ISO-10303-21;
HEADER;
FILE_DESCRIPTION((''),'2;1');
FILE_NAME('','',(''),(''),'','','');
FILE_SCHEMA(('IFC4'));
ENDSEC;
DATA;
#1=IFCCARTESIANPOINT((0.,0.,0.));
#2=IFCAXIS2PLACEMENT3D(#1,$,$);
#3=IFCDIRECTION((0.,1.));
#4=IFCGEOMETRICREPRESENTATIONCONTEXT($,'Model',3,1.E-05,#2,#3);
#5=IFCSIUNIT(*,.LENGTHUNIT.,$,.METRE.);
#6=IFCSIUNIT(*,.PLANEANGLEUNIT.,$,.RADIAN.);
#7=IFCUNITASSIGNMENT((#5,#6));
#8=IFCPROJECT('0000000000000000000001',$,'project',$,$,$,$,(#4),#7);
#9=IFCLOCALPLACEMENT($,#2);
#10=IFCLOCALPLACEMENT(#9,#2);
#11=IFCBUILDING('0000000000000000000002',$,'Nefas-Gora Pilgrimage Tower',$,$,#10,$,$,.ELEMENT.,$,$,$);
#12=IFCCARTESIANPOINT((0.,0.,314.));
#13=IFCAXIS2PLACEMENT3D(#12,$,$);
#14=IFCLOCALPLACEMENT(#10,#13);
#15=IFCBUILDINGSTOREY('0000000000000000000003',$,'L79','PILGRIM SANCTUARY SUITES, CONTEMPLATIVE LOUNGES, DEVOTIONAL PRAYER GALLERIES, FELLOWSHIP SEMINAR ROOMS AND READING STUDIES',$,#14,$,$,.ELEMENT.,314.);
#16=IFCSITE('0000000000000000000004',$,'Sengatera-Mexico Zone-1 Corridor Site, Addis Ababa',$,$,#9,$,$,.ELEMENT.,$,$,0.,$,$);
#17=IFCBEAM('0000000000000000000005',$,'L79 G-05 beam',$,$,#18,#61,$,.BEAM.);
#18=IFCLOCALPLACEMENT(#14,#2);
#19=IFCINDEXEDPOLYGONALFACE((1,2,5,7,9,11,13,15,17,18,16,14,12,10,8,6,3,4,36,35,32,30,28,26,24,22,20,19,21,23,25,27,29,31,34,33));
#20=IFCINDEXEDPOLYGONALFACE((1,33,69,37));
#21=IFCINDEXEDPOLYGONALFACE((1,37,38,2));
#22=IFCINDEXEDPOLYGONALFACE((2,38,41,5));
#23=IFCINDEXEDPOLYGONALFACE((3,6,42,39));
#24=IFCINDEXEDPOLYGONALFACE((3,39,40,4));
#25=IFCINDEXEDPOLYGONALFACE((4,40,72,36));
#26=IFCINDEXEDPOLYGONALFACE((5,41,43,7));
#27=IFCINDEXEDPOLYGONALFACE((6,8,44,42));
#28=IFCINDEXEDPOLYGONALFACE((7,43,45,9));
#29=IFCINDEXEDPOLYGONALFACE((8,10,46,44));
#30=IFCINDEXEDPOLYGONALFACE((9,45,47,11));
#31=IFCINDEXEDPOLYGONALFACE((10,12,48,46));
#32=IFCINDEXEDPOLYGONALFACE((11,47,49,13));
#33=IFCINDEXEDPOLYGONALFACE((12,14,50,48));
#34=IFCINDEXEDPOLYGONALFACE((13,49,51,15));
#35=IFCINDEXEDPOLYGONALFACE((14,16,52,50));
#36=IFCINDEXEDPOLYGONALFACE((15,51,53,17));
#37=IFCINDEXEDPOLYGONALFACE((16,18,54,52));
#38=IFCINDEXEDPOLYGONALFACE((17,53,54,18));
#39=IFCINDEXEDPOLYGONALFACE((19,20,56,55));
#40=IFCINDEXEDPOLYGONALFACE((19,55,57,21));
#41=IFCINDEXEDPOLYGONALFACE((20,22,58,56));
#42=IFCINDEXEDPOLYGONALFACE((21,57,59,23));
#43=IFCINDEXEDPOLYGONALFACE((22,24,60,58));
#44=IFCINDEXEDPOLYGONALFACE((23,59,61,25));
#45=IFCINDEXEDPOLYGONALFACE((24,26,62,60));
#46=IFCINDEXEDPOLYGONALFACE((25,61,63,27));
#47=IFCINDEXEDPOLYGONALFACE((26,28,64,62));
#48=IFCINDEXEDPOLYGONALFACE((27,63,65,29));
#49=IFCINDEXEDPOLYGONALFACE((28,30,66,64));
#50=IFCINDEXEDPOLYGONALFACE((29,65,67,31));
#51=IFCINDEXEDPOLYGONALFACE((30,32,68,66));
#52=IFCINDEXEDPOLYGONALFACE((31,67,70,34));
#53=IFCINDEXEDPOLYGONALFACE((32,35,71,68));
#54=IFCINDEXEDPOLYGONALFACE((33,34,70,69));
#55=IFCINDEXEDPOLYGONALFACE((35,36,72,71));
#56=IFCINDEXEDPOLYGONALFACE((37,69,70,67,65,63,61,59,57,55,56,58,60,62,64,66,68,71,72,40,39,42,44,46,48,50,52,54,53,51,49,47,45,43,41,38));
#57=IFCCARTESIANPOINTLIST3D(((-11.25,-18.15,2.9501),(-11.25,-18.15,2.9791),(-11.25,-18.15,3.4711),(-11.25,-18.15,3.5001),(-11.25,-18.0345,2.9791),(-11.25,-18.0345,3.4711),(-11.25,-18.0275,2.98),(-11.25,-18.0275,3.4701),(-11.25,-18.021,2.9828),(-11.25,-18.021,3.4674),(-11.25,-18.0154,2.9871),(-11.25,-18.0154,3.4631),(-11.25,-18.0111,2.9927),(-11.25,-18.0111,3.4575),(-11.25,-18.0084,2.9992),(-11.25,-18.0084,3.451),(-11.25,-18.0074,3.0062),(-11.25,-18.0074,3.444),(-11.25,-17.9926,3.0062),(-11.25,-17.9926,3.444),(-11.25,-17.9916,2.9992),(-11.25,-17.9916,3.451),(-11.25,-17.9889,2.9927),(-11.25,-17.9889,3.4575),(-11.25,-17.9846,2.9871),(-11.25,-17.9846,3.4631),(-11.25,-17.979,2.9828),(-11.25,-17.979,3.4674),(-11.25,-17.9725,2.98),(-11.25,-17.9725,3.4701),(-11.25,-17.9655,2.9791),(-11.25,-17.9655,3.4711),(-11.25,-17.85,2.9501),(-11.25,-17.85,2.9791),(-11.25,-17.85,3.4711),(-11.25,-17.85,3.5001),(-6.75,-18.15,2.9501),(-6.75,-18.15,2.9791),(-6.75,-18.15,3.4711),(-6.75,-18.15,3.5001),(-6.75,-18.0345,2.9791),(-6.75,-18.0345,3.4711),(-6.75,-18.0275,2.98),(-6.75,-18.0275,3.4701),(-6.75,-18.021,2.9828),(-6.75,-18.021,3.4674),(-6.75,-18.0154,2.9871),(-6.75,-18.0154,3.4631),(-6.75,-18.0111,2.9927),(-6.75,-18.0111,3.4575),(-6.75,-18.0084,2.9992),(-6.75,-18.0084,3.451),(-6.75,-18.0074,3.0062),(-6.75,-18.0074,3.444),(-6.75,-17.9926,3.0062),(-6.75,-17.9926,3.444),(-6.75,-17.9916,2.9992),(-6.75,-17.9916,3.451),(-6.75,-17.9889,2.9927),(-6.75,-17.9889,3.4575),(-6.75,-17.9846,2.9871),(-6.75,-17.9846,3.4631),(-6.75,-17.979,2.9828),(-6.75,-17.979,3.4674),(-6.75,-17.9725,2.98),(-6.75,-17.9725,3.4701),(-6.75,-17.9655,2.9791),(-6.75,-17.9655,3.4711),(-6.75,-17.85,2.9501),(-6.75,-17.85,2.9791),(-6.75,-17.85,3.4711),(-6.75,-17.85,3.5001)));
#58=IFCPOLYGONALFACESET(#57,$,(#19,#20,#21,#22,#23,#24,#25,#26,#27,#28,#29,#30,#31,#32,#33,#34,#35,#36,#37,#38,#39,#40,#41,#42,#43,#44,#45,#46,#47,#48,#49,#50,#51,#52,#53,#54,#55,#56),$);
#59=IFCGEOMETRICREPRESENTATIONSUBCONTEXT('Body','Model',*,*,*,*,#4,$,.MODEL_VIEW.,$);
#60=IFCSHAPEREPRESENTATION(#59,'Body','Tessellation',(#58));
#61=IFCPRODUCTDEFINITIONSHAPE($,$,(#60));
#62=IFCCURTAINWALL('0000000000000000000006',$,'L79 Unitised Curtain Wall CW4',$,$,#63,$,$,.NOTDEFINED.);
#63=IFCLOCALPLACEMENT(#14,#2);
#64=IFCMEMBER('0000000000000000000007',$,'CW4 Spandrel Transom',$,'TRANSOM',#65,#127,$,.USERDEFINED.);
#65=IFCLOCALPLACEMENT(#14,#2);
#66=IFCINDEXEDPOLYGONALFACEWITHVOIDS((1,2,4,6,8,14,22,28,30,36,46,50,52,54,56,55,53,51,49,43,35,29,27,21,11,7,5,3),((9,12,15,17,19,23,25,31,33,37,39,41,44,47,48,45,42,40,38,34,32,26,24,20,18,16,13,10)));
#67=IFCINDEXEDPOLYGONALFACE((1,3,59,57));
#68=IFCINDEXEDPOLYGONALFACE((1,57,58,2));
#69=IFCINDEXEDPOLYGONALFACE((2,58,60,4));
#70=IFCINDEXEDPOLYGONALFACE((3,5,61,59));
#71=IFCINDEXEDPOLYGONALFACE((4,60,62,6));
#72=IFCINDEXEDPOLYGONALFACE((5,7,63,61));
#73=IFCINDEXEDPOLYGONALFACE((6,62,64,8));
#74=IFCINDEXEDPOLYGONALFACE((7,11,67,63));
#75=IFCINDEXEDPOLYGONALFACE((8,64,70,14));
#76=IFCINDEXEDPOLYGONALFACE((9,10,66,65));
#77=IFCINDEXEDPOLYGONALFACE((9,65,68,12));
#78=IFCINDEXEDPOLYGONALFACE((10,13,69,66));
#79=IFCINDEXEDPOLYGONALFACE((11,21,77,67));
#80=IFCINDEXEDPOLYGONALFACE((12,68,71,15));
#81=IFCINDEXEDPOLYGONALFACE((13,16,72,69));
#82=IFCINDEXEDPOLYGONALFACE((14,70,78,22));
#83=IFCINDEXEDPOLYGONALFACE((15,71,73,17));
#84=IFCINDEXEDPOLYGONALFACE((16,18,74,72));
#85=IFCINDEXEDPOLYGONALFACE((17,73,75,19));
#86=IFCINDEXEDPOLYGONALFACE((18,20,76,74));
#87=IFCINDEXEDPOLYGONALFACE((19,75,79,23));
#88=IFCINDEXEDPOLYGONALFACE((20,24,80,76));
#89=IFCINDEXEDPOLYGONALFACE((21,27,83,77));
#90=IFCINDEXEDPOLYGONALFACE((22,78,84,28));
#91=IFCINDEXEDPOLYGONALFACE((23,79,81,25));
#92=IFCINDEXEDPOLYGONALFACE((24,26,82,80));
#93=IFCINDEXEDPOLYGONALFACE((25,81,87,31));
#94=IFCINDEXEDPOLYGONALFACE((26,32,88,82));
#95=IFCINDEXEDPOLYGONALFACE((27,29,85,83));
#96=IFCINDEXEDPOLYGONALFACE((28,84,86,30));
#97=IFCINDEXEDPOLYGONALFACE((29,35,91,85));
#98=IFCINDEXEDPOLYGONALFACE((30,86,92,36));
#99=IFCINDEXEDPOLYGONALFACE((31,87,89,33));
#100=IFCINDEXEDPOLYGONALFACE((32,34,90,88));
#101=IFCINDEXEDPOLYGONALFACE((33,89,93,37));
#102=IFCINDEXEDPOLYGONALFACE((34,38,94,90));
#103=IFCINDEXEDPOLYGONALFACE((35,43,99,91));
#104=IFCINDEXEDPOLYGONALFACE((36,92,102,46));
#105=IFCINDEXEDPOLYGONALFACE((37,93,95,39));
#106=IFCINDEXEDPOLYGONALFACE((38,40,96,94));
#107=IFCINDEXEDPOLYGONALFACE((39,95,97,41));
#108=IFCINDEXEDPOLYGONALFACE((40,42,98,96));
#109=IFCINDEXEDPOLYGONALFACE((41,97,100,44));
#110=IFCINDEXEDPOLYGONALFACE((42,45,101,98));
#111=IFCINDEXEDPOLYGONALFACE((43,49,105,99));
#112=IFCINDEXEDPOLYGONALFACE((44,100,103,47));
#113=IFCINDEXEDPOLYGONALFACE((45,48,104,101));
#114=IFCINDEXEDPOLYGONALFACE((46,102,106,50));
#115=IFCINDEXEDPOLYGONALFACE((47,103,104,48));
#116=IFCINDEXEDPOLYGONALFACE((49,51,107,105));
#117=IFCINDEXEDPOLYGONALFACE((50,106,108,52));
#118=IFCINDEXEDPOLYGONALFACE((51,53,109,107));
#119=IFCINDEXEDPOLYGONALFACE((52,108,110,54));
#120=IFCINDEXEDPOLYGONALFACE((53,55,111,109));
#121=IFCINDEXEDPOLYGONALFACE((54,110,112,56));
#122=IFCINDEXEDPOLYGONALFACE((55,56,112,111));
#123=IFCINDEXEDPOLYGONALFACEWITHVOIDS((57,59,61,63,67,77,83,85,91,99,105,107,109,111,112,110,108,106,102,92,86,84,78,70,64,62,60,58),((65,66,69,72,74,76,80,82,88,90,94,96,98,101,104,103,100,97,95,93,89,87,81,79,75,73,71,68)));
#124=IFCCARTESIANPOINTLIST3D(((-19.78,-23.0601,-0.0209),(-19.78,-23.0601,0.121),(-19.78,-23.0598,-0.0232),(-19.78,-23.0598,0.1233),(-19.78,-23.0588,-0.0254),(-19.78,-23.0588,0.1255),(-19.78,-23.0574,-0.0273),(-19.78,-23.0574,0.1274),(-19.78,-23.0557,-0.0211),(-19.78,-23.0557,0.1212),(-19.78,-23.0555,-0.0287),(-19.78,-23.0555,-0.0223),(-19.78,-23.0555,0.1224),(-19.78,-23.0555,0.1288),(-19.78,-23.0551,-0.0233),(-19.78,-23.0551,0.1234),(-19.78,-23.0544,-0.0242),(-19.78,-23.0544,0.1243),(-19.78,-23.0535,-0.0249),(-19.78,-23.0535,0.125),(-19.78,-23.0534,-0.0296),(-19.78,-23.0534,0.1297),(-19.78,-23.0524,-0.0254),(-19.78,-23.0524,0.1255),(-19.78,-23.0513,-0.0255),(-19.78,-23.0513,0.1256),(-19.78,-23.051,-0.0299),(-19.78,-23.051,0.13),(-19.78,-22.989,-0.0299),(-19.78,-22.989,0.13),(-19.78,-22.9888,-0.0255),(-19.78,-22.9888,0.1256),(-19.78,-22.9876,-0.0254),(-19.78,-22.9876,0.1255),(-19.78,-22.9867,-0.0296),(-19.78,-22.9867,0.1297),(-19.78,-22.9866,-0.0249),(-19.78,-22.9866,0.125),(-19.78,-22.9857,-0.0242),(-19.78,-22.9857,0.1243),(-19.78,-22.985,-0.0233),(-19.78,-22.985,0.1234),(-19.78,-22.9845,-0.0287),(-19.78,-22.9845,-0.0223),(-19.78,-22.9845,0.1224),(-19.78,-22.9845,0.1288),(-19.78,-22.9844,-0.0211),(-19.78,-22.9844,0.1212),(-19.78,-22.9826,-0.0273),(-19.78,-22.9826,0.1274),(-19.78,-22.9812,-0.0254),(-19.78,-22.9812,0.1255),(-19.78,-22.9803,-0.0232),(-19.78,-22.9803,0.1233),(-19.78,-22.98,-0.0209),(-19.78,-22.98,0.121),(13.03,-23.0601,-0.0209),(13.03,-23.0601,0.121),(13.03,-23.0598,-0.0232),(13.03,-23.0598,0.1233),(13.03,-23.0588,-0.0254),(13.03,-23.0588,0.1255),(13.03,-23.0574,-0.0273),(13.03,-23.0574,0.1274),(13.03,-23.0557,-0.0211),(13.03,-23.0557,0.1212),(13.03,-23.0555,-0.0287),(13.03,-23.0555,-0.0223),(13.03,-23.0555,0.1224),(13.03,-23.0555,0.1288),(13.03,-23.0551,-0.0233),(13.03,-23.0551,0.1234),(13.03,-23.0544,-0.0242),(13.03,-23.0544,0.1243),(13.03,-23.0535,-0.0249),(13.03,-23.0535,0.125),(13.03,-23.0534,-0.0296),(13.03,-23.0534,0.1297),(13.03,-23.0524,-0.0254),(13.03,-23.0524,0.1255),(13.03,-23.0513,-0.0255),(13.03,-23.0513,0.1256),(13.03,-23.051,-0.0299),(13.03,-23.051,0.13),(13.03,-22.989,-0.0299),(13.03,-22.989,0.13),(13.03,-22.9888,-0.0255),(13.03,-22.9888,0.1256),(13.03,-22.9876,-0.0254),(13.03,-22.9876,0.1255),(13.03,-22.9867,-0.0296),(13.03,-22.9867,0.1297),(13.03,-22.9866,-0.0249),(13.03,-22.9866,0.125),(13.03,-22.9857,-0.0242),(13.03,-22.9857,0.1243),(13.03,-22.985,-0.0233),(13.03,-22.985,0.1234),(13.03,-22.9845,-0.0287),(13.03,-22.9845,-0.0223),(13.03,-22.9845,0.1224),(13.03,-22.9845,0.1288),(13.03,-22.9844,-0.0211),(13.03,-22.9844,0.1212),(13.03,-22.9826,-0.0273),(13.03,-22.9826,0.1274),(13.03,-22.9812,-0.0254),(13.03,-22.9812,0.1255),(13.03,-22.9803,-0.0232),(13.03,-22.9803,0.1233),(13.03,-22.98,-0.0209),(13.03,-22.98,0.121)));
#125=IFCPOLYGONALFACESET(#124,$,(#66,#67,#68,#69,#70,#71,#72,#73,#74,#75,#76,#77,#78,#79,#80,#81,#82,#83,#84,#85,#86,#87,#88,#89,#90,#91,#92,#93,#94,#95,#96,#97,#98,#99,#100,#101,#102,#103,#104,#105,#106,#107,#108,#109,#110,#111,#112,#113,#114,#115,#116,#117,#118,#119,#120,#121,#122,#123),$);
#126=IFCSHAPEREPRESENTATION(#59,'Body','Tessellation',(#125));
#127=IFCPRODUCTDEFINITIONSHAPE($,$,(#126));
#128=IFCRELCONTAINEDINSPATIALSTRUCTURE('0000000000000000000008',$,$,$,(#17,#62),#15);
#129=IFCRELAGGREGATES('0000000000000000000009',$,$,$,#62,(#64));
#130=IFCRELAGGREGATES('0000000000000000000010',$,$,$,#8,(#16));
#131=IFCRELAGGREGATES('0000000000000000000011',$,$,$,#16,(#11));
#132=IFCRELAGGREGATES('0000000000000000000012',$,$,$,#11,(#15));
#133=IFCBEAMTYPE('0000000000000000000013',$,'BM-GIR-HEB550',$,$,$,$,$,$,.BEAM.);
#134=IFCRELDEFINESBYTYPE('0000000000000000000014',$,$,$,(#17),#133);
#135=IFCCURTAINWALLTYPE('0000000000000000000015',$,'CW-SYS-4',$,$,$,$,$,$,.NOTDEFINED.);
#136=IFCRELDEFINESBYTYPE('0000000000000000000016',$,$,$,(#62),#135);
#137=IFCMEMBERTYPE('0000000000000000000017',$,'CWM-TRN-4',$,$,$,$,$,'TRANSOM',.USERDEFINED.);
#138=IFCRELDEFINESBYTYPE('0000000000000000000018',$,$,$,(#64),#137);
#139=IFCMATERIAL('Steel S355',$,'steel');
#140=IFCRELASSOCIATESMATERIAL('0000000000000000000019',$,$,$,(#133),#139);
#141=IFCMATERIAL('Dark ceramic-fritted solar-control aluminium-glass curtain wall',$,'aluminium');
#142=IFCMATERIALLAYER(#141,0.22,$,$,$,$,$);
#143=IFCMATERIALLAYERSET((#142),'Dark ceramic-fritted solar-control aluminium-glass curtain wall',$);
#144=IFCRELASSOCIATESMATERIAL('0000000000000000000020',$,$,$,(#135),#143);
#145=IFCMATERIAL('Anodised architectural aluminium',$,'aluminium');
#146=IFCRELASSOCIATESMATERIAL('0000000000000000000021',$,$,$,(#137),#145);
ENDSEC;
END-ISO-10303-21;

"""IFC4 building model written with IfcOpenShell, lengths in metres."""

from ifc_helpers import new_model, si_unit, direction, frame, origin, origin_2d, place, context, subcontext, project, spatial, hollow_rectangle, i_section, extrude, source, transform, mapped, material, layer, layer_set, material_profile, profile_set, type_object, element, aggregate, save


model = new_model("IFC4")

# Units and contexts
model_context = context("Model", 3, precision=1e-05, world=origin(), true_north=direction((0.0, 1.0)))
body_context = subcontext(model_context, "Body", "Model", "MODEL_VIEW")
ifc_project = project(units=[si_unit("LENGTHUNIT", "METRE"), si_unit("PLANEANGLEUNIT", "RADIAN")], contexts=[model_context])

# Site, building, storey
site_placement = place(None, origin())
site = spatial("IfcSite", under=ifc_project, at=site_placement, Name="Sengatera-Mexico Zone-1 Corridor Site, Addis Ababa", CompositionType="ELEMENT", RefElevation=0.0)
building_placement = place(site_placement, origin())
building = spatial("IfcBuilding", under=site, at=building_placement, Name="Nefas-Gora Pilgrimage Tower", CompositionType="ELEMENT")
storey_placement = place(building_placement, frame((0.0, 0.0, 314.0)))
storey = spatial("IfcBuildingStorey", under=building, at=storey_placement, Name="L79", Description="PILGRIM SANCTUARY SUITES, CONTEMPLATIVE LOUNGES, DEVOTIONAL PRAYER GALLERIES, FELLOWSHIP SEMINAR ROOMS AND READING STUDIES", CompositionType="ELEMENT", Elevation=314.0)

# Shared definitions
ifc_material_1 = material(Name="Steel S355", Category="steel")

# Beam
ifc_material_profile_1 = material_profile(ifc_material_1, i_section(OverallWidth=0.3, OverallDepth=0.55, WebThickness=0.0149, FlangeThickness=0.0291, FilletRadius=0.0271, at=origin_2d()), Name="HEB 550")
ifc_profile_set_1 = profile_set([ifc_material_profile_1], Name="Steel S355")
beam_type_1 = type_object("IfcBeamType", Name="BM-GIR-HEB550", PredefinedType="BEAM", material=ifc_profile_set_1)
shared_shape_1 = source(origin(), body_context, "Body", "SweptSolid", [
    extrude(i_section(OverallWidth=0.3, OverallDepth=0.55, WebThickness=0.0149, FlangeThickness=0.0291, FilletRadius=0.0271, at=origin_2d()), origin(), (0.0, 0.0, 1.0), 4.5),
])
for number, where, z_axis, x_axis, name in (
    (1, (-11.25, -18.0, 3.2251), (1.0, 0.0, 0.0), (0.0, 1.0, 0.0), "L79 G-05 beam"),
):
    element("IfcBeam", number, at=place(storey_placement, frame(where, z_axis=z_axis, x_axis=x_axis)), inside=storey, type_object=beam_type_1, Name=name, PredefinedType="BEAM", context=body_context, shape_type="MappedRepresentation", body=[
        mapped(shared_shape_1, transform((0.0, 0.0, 0.0), x_axis=(1.0, 0.0, 0.0), y_axis=(0.0, 1.0, 0.0), z_axis=(0.0, 0.0, 1.0), scale=1.0)),
    ])

# Curtain wall, member
ifc_material_2 = material(Name="Dark ceramic-fritted solar-control aluminium-glass curtain wall", Category="aluminium")
ifc_layer_1 = layer(ifc_material_2, 0.22)
ifc_layer_set_1 = layer_set([ifc_layer_1], Name="Dark ceramic-fritted solar-control aluminium-glass curtain wall")
curtain_wall_type = type_object("IfcCurtainWallType", Name="CW-SYS-4", PredefinedType="NOTDEFINED", material=ifc_layer_set_1)
curtain_wall_1_placement = place(storey_placement, origin())
curtain_wall_1 = element("IfcCurtainWall", 2, at=curtain_wall_1_placement, inside=storey, type_object=curtain_wall_type, Name="L79 Unitised Curtain Wall CW4", PredefinedType="NOTDEFINED")
ifc_material_3 = material(Name="Anodised architectural aluminium", Category="aluminium")
ifc_material_profile_2 = material_profile(ifc_material_3, hollow_rectangle(XDim=0.0801, YDim=0.1599, WallThickness=0.0044, InnerFilletRadius=0.0044, OuterFilletRadius=0.009, at=origin_2d()), Name="ALU TRANSOM 80x160")
ifc_profile_set_2 = profile_set([ifc_material_profile_2], Name="Anodised architectural aluminium")
member_type_1 = type_object("IfcMemberType", Name="CWM-TRN-4", ElementType="TRANSOM", PredefinedType="USERDEFINED", material=ifc_profile_set_2)
shared_shape_2 = source(origin(), body_context, "Body", "SweptSolid", [
    extrude(hollow_rectangle(XDim=0.0801, YDim=0.1599, WallThickness=0.0044, InnerFilletRadius=0.0044, OuterFilletRadius=0.009, at=origin_2d()), origin(), (0.0, 0.0, 1.0), 32.8101),
])
member_1_placement = place(storey_placement, frame((-19.78, -23.02, 0.05), z_axis=(1.0, 0.0, 0.0), x_axis=(0.0, 1.0, 0.0)))
member_1 = element("IfcMember", 3, at=member_1_placement, type_object=member_type_1, Name="CW4 Spandrel Transom", ObjectType="TRANSOM", PredefinedType="USERDEFINED", context=body_context, shape_type="MappedRepresentation", body=[
    mapped(shared_shape_2, transform((0.0, 0.0, 0.0), x_axis=(1.0, 0.0, 0.0), y_axis=(0.0, 1.0, 0.0), z_axis=(0.0, 0.0, 1.0), scale=1.0)),
])

aggregate(curtain_wall_1, [member_1])

save(model, "model.ifc")
